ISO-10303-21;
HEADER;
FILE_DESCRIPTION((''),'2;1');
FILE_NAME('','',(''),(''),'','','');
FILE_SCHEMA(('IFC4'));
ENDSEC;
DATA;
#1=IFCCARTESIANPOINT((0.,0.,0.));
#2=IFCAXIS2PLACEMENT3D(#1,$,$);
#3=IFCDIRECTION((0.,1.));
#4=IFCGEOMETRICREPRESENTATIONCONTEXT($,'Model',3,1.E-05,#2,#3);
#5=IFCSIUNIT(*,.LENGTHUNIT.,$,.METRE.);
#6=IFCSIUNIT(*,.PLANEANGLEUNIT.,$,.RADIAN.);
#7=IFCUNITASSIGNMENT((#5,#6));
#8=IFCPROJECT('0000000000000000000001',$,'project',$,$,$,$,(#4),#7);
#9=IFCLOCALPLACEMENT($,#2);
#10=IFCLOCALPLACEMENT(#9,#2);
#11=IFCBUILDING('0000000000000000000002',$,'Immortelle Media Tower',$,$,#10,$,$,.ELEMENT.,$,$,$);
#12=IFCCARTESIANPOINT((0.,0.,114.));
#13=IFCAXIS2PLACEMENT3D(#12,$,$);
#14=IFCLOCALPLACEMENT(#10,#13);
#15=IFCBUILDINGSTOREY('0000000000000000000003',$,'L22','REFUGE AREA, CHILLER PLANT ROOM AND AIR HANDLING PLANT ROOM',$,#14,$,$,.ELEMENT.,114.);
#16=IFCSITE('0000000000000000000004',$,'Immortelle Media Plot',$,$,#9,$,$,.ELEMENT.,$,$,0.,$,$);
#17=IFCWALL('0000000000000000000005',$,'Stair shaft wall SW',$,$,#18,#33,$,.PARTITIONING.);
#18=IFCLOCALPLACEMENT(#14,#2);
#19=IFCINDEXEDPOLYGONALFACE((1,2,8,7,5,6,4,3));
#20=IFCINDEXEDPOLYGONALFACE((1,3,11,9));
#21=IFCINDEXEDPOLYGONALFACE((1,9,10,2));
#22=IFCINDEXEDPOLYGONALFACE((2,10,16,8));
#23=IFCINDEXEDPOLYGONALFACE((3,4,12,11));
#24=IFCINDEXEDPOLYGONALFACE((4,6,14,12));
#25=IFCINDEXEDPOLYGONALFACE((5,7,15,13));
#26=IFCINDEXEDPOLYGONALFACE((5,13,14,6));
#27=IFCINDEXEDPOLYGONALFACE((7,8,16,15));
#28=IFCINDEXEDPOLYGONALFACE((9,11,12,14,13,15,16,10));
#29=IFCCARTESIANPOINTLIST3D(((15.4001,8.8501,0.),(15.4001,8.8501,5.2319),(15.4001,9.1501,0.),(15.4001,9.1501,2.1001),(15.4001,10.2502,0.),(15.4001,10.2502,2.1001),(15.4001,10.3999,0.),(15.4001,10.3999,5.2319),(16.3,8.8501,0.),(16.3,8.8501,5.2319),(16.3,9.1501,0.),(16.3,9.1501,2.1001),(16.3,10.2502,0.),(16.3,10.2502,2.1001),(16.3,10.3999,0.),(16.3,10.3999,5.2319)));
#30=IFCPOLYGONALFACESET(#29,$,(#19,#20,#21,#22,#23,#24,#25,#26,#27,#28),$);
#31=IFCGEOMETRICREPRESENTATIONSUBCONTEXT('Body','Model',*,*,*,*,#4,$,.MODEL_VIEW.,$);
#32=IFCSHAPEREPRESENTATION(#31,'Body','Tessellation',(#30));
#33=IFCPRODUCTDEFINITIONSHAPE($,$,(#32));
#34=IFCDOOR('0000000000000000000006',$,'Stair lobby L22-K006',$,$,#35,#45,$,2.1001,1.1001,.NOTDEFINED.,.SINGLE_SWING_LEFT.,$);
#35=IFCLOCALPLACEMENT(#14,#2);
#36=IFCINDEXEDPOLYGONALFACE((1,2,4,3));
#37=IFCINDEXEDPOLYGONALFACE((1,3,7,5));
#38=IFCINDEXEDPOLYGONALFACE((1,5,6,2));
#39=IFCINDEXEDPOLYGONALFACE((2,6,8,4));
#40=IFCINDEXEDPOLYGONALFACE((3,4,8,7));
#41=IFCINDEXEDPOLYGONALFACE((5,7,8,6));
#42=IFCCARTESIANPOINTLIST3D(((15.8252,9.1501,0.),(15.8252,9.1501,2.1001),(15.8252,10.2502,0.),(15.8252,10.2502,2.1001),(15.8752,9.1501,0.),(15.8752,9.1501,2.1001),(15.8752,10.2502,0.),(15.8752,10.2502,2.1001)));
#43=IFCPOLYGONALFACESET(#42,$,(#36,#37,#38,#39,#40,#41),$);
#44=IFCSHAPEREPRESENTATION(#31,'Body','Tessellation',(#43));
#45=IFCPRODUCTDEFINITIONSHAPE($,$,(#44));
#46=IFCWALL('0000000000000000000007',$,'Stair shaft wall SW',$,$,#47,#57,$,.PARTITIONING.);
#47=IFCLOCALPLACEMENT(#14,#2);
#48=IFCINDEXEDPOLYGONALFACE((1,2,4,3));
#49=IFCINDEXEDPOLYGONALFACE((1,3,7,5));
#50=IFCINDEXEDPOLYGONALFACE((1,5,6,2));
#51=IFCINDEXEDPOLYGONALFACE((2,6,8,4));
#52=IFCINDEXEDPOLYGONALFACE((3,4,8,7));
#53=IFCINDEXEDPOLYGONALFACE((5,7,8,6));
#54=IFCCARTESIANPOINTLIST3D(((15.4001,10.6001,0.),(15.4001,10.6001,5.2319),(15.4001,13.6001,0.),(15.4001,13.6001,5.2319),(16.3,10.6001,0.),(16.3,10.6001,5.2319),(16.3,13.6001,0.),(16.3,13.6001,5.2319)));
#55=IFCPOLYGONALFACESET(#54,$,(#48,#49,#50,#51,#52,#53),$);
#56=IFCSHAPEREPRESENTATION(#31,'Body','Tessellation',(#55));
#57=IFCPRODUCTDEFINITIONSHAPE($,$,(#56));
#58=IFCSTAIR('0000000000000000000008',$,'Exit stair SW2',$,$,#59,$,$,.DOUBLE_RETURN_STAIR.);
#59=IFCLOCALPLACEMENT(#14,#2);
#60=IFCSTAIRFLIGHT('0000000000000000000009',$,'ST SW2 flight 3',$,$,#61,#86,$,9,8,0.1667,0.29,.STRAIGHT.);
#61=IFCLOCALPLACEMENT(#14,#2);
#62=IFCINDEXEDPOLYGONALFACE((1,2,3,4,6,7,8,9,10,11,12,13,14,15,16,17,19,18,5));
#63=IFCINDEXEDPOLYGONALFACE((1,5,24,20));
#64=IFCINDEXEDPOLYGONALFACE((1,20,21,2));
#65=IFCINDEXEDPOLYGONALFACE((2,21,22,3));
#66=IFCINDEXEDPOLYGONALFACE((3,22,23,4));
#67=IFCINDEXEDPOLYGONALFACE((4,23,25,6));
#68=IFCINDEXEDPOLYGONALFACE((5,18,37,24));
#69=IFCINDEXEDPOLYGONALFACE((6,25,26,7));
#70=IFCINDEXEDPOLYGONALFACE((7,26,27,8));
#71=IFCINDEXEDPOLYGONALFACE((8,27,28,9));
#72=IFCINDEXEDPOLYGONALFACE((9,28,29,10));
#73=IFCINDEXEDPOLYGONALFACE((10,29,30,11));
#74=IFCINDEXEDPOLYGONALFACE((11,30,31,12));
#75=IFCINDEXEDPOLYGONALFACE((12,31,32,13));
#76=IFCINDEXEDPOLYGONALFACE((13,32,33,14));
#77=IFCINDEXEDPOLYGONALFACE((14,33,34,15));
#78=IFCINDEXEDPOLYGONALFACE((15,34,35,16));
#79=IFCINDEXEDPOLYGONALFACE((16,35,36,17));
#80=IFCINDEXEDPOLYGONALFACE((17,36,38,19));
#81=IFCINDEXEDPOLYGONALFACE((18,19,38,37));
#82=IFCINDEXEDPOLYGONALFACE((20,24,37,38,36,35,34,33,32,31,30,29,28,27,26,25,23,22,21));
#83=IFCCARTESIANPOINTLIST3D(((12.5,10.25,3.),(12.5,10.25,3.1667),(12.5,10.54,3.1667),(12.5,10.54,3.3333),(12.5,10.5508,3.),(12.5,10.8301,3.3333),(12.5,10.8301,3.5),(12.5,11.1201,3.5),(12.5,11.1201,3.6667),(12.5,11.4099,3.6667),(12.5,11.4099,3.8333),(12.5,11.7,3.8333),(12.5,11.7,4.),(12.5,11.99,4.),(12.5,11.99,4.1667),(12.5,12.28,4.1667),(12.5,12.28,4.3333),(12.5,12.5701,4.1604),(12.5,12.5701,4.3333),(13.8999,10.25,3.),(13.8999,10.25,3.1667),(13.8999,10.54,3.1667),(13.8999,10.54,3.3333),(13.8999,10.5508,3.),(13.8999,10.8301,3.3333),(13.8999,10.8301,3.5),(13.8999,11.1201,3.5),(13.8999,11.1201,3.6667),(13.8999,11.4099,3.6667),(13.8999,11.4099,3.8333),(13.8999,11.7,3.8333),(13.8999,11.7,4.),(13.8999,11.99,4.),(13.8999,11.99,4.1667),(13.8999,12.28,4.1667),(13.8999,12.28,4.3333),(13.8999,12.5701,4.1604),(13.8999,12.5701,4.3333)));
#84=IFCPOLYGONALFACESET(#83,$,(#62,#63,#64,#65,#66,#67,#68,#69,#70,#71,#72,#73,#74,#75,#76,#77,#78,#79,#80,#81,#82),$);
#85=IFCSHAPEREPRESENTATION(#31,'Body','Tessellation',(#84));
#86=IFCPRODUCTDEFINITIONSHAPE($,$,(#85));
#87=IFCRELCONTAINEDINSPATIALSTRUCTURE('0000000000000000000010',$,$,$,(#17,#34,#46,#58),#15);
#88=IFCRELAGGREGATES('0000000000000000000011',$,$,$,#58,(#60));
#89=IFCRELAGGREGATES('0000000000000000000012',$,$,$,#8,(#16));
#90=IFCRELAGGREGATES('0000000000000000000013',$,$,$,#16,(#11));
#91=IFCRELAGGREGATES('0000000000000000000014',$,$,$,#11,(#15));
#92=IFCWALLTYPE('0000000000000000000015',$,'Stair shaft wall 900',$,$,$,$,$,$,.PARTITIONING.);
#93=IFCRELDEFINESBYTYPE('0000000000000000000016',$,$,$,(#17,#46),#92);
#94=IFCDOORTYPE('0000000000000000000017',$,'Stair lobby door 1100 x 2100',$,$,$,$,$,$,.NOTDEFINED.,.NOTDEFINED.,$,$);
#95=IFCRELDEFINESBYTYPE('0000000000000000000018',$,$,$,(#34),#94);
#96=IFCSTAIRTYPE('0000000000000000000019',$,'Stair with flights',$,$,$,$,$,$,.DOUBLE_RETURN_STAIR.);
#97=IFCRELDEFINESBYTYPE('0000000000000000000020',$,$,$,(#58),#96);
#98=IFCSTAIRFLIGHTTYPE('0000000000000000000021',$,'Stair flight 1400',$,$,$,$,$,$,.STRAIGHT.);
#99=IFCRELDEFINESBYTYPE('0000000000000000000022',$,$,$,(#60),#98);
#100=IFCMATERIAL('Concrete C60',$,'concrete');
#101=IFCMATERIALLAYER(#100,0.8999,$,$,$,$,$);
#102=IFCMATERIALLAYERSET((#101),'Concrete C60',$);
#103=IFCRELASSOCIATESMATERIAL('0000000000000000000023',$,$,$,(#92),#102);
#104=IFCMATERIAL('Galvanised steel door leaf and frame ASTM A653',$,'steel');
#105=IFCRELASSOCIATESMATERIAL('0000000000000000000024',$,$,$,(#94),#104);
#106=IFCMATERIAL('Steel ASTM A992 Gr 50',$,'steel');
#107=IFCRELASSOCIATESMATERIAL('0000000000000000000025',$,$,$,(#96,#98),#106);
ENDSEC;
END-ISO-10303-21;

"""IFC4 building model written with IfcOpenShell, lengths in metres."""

from ifc_helpers import new_model, si_unit, direction, frame, frame_2d, origin, place, context, subcontext, project, spatial, polyline, rectangle, outline, extrude, material, layer, layer_set, type_object, element, fill, aggregate, save


model = new_model("IFC4")

# Units and contexts
model_context = context("Model", 3, precision=1e-05, world=origin(), true_north=direction((0.0, 1.0)))
body_context = subcontext(model_context, "Body", "Model", "MODEL_VIEW")
ifc_project = project(units=[si_unit("LENGTHUNIT", "METRE"), si_unit("PLANEANGLEUNIT", "RADIAN")], contexts=[model_context])

# Site, building, storey
site_placement = place(None, origin())
site = spatial("IfcSite", under=ifc_project, at=site_placement, Name="Immortelle Media Plot", CompositionType="ELEMENT", RefElevation=0.0)
building_placement = place(site_placement, origin())
building = spatial("IfcBuilding", under=site, at=building_placement, Name="Immortelle Media Tower", CompositionType="ELEMENT")
storey_placement = place(building_placement, frame((0.0, 0.0, 114.0)))
storey = spatial("IfcBuildingStorey", under=building, at=storey_placement, Name="L22", Description="REFUGE AREA, CHILLER PLANT ROOM AND AIR HANDLING PLANT ROOM", CompositionType="ELEMENT", Elevation=114.0)

# Shared definitions
ifc_material_1 = material(Name="Steel ASTM A992 Gr 50", Category="steel")

# Wall, opening, door
ifc_material_2 = material(Name="Galvanised steel door leaf and frame ASTM A653", Category="steel")
ifc_material_3 = material(Name="Concrete C60", Category="concrete")
ifc_layer_1 = layer(ifc_material_3, 0.8999)
ifc_layer_set_1 = layer_set([ifc_layer_1], Name="Concrete C60")
wall_type_1 = type_object("IfcWallType", Name="Stair shaft wall 900", PredefinedType="PARTITIONING", material=ifc_layer_set_1)
wall_1_placement = place(storey_placement, frame((15.8501, 8.8501, 0.0), z_axis=(0.0, 0.0, 1.0), x_axis=(0.0, 1.0, 0.0)))
wall_1 = element("IfcWall", 1, at=wall_1_placement, inside=storey, type_object=wall_type_1, Name="Stair shaft wall SW", PredefinedType="PARTITIONING", context=body_context, shape_type="SweptSolid", body=[
    extrude(rectangle(XDim=1.5498, YDim=0.8999, at=frame_2d((0.7749, 0.0))), origin(), (0.0, 0.0, 1.0), 5.2319),
])
opening_1_placement = place(wall_1_placement, frame((0.3, 0.0, 0.0)))
opening_1 = element("IfcOpeningElement", 2, at=opening_1_placement, cuts=wall_1, PredefinedType="OPENING", context=body_context, shape_type="SweptSolid", body=[
    extrude(rectangle(XDim=1.1001, YDim=2.1001, at=frame_2d((0.55, 1.05))), frame((0.0, 0.46, 0.0), z_axis=(0.0, -1.0, 0.0), x_axis=(1.0, 0.0, 0.0)), (0.0, 0.0, 1.0), 0.9199),
])
door_type_1 = type_object("IfcDoorType", Name="Stair lobby door 1100 x 2100", OperationType="NOTDEFINED", PredefinedType="NOTDEFINED", material=ifc_material_2)
door_1_placement = place(opening_1_placement, origin())
door_1 = element("IfcDoor", 3, at=door_1_placement, inside=storey, type_object=door_type_1, Name="Stair lobby L22-K006", OperationType="SINGLE_SWING_LEFT", OverallHeight=2.1001, OverallWidth=1.1001, PredefinedType="NOTDEFINED", context=body_context, shape_type="SweptSolid", body=[
    extrude(rectangle(XDim=1.1001, YDim=2.1001, at=frame_2d((0.55, 1.05))), frame((0.0, 0.0249, 0.0), z_axis=(0.0, -1.0, 0.0), x_axis=(1.0, 0.0, 0.0)), (0.0, 0.0, 1.0), 0.05),
])
fill(opening_1, door_1)

# Wall
wall_2_placement = place(storey_placement, frame((15.8501, 10.6001, 0.0), z_axis=(0.0, 0.0, 1.0), x_axis=(0.0, 1.0, 0.0)))
element("IfcWall", 4, at=wall_2_placement, inside=storey, type_object=wall_type_1, Name="Stair shaft wall SW", PredefinedType="PARTITIONING", context=body_context, shape_type="SweptSolid", body=[
    extrude(rectangle(XDim=3.0, YDim=0.8999, at=frame_2d((1.5, 0.0))), origin(), (0.0, 0.0, 1.0), 5.2319),
])

# Stair, stair flight
stair_type = type_object("IfcStairType", Name="Stair with flights", PredefinedType="DOUBLE_RETURN_STAIR", material=ifc_material_1)
stair_placement = place(storey_placement, origin())
stair = element("IfcStair", 5, at=stair_placement, inside=storey, type_object=stair_type, Name="Exit stair SW2", PredefinedType="DOUBLE_RETURN_STAIR")
stair_flight_type = type_object("IfcStairFlightType", Name="Stair flight 1400", PredefinedType="STRAIGHT", material=ifc_material_1)
stair_flight_placement = place(storey_placement, frame((13.2, 10.25, 3.0), z_axis=(0.0, 0.0, 1.0), x_axis=(0.0, 1.0, 0.0)))
stair_flight = element("IfcStairFlight", 6, at=stair_flight_placement, type_object=stair_flight_type, Name="ST SW2 flight 3", NumberOfRisers=9, NumberOfTreads=8, PredefinedType="STRAIGHT", RiserHeight=0.1667, TreadLength=0.29, context=body_context, shape_type="SweptSolid", body=[
    extrude(outline(polyline([(0.0, 0.0), (0.0, 0.1667), (0.29, 0.1667), (0.29, 0.3333), (0.5801, 0.3333), (0.5801, 0.5), (0.8701, 0.5), (0.8701, 0.6667), (1.1599, 0.6667), (1.1599, 0.8333), (1.45, 0.8333), (1.45, 1.0), (1.74, 1.0), (1.74, 1.1667), (2.03, 1.1667), (2.03, 1.3333), (2.3201, 1.3333), (2.3201, 1.5), (2.3201, 1.1604), (0.3008, 0.0), (0.0, 0.0)])), frame((0.0, 0.7, 0.0), z_axis=(0.0, -1.0, 0.0), x_axis=(1.0, 0.0, 0.0)), (0.0, 0.0, 1.0), 1.3999),
])
aggregate(stair, [stair_flight])

save(model, "model.ifc")
